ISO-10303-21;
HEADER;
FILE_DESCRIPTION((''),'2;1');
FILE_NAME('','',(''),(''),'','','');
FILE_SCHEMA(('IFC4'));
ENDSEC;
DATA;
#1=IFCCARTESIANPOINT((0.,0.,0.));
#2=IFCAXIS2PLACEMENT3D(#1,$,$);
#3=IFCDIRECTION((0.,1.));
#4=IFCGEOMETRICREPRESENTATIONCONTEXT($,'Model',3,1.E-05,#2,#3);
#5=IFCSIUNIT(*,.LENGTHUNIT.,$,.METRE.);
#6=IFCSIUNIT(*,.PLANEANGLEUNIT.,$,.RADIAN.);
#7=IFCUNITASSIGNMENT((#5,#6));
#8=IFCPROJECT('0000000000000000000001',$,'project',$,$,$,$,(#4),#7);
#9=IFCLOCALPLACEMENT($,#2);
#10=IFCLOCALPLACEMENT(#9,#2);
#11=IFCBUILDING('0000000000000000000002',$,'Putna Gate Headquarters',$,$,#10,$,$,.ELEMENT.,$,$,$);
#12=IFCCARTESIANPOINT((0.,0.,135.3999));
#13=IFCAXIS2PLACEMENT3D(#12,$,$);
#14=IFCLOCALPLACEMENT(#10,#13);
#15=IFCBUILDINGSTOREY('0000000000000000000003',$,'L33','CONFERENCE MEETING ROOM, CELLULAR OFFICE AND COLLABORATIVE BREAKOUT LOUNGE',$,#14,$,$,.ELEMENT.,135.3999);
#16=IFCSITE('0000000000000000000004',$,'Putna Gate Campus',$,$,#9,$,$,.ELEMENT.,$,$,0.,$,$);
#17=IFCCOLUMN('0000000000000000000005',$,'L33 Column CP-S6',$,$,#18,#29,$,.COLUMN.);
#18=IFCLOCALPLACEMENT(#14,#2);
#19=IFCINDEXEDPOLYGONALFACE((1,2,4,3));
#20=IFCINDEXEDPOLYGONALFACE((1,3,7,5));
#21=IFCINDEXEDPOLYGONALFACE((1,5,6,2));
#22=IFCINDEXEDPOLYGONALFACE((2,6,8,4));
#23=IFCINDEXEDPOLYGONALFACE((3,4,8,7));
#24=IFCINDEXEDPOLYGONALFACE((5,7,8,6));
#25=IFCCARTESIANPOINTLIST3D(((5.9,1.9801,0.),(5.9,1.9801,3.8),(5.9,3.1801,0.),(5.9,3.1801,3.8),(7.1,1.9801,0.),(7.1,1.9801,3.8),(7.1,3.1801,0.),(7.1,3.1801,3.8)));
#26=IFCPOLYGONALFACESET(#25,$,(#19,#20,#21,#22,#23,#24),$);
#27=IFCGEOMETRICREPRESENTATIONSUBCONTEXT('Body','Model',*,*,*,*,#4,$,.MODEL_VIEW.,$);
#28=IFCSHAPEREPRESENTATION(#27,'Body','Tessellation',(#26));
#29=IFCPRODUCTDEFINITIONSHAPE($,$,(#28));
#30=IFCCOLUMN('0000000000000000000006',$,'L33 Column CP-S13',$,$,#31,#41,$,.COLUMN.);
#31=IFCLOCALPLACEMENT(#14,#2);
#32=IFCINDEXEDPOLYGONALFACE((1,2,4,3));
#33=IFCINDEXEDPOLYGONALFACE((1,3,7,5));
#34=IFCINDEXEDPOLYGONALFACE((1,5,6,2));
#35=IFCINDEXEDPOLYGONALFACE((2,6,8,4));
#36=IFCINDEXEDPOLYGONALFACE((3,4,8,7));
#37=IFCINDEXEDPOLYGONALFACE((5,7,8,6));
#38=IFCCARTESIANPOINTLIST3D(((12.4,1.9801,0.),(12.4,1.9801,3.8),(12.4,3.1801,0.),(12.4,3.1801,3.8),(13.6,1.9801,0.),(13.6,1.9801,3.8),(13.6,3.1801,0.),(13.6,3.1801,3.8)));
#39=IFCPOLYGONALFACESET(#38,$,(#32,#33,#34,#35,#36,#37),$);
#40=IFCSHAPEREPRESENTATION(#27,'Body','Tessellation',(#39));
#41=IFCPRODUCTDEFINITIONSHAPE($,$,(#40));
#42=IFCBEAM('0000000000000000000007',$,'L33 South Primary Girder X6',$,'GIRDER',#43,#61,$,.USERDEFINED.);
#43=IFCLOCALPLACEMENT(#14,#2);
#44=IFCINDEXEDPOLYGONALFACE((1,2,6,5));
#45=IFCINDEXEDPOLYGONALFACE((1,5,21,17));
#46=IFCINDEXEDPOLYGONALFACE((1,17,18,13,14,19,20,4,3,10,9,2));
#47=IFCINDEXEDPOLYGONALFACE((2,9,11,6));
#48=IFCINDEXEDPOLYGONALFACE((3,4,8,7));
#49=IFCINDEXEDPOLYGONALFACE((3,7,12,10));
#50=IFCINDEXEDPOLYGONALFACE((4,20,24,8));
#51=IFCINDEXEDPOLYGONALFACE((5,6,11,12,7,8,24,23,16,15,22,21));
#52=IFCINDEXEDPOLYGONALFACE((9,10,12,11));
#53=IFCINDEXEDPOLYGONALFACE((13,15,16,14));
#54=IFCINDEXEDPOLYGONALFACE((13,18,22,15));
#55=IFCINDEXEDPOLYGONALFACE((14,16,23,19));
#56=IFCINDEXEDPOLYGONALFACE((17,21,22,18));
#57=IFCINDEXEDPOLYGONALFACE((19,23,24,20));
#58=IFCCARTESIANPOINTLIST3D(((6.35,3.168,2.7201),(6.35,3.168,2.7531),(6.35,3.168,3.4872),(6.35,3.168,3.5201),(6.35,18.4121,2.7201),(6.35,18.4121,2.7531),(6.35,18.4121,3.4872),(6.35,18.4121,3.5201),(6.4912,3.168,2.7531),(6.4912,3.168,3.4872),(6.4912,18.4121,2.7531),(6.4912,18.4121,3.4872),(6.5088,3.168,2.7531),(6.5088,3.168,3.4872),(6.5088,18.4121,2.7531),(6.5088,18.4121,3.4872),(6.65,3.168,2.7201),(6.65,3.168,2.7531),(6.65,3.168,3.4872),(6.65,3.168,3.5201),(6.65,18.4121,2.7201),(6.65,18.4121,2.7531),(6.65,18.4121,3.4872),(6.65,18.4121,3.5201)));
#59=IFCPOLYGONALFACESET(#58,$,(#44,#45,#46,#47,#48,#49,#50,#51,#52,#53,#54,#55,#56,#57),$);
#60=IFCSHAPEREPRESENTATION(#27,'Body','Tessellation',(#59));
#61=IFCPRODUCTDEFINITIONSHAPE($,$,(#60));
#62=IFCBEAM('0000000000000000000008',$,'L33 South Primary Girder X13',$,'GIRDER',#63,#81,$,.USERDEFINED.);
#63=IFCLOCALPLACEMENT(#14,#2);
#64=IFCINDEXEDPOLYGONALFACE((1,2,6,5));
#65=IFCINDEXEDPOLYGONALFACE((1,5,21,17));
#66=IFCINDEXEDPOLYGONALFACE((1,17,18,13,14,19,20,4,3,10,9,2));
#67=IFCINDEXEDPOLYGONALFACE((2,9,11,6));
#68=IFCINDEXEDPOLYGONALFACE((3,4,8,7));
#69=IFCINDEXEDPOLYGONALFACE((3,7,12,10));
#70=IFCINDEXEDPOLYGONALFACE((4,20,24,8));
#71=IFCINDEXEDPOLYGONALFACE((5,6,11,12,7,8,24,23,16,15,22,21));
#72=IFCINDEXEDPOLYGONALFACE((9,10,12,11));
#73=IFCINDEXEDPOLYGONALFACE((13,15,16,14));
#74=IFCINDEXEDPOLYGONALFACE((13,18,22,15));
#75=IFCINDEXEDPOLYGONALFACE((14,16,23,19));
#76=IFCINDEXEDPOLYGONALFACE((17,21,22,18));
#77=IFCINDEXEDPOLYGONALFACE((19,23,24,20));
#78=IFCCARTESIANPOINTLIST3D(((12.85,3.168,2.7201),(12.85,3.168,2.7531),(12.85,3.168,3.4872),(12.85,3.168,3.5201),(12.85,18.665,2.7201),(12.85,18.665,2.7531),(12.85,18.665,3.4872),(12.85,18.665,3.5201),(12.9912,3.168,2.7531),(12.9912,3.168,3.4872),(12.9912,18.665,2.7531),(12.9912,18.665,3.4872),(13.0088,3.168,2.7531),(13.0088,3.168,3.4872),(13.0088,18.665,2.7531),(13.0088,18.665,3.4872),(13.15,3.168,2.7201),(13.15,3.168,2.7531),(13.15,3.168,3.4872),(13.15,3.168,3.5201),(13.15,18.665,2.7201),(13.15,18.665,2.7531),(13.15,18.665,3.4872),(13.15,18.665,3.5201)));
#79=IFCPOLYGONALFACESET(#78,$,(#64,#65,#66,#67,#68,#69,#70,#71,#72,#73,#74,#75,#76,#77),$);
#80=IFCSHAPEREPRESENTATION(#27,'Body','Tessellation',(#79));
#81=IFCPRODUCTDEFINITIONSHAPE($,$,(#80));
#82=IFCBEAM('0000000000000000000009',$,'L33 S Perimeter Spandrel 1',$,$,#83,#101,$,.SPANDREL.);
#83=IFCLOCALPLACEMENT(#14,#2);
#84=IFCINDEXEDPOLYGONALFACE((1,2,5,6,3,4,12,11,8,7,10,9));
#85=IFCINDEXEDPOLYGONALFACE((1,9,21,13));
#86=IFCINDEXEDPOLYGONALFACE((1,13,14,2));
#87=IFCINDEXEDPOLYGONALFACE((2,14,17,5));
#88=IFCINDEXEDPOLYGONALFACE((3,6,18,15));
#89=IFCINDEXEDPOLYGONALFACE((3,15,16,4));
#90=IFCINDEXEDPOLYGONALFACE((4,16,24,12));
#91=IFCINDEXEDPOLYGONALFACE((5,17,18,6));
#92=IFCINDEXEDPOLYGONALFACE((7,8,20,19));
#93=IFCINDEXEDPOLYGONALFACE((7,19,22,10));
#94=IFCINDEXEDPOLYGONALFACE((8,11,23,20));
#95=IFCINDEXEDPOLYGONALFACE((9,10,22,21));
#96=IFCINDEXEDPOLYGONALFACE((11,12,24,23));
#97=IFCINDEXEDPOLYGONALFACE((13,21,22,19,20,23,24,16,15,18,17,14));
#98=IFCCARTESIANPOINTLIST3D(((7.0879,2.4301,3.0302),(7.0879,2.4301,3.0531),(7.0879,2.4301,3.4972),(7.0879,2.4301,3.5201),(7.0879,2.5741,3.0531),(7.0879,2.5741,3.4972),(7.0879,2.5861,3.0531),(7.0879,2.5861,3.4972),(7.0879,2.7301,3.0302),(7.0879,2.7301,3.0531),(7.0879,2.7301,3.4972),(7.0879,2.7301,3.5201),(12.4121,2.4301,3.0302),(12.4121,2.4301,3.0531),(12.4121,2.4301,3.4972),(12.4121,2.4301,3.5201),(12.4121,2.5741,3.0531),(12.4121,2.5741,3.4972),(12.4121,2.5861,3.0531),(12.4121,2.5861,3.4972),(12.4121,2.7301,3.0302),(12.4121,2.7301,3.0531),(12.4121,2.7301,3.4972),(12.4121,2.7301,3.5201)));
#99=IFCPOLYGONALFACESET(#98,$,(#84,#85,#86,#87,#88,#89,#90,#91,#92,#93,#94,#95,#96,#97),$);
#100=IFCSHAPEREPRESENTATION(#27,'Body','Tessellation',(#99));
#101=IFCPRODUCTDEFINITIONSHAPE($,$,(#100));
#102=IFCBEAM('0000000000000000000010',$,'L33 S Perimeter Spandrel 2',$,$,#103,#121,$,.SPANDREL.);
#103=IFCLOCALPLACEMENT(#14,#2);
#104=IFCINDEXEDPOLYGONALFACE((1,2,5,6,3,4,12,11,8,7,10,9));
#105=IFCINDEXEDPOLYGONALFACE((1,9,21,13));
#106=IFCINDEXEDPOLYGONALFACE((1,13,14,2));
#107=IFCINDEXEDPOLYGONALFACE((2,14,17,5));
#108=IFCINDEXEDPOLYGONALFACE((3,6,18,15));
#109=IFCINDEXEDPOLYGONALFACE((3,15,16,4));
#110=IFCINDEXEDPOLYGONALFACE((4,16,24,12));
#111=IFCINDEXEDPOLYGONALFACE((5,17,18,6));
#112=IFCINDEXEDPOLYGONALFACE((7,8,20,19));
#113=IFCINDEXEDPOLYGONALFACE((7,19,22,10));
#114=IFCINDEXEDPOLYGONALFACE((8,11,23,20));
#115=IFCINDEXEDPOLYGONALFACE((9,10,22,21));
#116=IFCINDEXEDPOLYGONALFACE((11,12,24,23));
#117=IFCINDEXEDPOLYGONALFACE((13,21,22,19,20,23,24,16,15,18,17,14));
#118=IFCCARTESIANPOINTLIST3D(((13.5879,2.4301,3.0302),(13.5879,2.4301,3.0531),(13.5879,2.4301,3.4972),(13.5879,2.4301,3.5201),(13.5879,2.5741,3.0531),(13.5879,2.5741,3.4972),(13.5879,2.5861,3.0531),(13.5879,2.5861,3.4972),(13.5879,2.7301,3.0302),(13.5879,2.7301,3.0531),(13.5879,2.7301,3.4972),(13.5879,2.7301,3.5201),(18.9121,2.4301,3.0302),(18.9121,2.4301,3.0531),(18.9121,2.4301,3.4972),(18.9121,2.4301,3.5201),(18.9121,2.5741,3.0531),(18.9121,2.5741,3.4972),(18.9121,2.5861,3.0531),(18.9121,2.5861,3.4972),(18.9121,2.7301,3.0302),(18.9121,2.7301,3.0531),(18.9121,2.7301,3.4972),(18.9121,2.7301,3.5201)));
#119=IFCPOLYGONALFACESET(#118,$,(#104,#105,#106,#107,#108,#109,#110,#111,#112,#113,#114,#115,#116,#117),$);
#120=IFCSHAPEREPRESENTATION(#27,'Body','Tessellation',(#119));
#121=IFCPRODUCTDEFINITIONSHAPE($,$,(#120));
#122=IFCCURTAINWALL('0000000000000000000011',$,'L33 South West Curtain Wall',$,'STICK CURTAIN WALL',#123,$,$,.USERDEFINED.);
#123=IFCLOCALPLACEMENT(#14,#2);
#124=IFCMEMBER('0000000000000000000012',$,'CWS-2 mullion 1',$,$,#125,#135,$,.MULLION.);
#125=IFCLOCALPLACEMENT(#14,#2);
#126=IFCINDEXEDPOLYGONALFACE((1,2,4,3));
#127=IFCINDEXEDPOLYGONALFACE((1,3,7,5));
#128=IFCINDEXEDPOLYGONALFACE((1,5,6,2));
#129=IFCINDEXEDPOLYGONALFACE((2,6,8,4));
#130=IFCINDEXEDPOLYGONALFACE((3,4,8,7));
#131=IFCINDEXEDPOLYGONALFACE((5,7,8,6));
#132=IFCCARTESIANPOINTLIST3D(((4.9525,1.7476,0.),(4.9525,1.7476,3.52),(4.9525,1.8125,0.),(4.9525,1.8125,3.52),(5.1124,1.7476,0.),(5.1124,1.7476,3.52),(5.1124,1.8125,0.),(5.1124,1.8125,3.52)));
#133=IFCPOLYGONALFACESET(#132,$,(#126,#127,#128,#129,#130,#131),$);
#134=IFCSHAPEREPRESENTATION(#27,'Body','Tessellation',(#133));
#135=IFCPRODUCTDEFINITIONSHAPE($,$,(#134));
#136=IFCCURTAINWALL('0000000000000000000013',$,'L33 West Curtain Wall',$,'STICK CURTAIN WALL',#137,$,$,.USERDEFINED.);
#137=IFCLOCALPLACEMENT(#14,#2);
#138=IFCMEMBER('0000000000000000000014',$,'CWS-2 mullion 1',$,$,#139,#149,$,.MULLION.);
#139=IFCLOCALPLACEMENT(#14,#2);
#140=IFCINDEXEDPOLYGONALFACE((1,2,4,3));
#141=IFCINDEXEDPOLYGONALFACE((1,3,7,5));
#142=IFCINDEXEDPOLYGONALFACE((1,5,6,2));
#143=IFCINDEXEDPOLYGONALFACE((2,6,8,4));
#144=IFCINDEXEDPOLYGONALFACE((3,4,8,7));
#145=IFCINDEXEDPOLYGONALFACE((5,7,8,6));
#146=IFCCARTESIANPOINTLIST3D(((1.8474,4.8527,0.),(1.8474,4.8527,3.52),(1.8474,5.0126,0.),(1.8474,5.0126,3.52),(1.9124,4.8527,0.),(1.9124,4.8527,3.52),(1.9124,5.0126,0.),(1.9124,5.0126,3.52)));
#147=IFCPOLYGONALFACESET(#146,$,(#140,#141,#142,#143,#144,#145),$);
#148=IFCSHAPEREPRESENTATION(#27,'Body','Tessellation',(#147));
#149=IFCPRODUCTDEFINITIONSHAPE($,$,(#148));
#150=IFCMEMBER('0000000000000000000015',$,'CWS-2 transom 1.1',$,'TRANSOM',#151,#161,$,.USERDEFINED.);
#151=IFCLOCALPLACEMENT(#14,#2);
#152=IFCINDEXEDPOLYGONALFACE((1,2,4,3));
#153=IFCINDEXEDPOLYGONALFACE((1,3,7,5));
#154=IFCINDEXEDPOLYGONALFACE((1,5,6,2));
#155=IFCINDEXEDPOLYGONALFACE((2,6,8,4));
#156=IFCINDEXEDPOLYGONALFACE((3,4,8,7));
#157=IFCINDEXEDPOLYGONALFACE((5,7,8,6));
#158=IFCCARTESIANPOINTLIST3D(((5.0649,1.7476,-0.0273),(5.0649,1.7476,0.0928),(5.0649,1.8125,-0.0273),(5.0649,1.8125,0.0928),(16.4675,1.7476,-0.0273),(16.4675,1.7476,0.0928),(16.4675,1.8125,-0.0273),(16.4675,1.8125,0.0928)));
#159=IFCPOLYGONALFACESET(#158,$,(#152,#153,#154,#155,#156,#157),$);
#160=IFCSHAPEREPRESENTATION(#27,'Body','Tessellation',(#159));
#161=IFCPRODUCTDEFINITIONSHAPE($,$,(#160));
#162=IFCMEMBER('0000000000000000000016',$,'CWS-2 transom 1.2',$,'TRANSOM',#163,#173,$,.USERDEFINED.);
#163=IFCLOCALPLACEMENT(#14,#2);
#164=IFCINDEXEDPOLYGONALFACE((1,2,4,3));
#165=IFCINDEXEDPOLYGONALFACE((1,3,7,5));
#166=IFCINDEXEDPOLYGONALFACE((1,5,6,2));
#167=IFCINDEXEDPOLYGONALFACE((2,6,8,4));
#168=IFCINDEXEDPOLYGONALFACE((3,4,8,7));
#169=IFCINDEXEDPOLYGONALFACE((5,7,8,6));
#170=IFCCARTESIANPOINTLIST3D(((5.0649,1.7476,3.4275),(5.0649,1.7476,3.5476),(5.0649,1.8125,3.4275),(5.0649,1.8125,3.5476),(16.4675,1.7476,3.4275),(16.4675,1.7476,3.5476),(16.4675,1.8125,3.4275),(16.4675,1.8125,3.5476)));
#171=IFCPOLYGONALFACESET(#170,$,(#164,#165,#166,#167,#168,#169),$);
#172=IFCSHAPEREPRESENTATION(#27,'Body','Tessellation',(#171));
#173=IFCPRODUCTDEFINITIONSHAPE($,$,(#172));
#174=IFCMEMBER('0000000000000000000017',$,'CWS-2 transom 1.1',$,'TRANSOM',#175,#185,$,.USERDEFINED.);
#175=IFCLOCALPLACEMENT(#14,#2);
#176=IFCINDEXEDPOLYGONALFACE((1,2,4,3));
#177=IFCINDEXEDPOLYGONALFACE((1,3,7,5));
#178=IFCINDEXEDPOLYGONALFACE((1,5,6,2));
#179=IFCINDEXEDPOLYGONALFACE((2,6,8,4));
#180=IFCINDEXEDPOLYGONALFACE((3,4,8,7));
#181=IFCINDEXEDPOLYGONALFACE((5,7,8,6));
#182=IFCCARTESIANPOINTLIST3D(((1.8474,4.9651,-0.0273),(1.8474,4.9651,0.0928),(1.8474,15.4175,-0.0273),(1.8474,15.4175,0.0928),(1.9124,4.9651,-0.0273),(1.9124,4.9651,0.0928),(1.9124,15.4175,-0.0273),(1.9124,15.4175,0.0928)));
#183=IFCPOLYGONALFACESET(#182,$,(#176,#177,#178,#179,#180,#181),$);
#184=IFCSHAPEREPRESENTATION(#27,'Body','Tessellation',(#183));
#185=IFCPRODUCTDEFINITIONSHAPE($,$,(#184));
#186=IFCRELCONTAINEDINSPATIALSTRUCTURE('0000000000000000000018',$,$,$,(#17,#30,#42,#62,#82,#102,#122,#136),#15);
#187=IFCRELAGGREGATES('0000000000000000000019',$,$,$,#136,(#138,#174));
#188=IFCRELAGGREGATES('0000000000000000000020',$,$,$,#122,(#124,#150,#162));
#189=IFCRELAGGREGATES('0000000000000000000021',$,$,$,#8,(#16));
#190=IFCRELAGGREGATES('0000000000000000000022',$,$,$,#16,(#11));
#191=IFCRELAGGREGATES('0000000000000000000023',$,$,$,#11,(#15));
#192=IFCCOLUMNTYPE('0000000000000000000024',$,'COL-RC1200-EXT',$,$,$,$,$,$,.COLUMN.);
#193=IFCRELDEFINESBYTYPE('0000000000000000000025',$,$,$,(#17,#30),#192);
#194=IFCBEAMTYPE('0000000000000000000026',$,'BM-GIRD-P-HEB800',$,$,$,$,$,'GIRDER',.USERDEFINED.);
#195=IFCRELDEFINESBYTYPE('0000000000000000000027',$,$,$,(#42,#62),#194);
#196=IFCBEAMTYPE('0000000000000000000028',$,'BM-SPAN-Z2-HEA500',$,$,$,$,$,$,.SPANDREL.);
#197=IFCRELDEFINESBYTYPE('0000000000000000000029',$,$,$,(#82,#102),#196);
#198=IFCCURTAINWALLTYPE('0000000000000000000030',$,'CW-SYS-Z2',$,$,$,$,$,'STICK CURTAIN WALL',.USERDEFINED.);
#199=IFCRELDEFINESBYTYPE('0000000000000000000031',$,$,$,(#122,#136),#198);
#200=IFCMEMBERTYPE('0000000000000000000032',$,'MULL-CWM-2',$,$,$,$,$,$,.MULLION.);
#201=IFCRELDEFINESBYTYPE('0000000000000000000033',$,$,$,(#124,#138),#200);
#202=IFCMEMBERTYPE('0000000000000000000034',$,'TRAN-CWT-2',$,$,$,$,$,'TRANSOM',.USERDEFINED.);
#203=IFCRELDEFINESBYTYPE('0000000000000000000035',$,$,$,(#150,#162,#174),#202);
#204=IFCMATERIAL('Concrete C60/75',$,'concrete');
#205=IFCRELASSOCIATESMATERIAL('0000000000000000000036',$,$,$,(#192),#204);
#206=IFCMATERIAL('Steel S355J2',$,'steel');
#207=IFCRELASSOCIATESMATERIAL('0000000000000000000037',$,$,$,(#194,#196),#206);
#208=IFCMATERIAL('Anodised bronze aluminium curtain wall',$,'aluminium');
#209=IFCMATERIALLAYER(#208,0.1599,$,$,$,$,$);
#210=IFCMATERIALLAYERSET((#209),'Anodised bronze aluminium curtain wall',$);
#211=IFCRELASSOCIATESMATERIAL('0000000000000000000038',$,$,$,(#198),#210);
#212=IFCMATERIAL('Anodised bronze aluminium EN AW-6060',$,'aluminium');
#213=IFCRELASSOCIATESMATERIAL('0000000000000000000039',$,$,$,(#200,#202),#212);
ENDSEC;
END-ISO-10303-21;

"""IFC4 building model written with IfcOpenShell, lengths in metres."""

from ifc_helpers import new_model, si_unit, direction, frame, origin, origin_2d, place, context, subcontext, project, spatial, rectangle, i_section, extrude, material, layer, layer_set, material_profile, profile_set, type_object, element, aggregate, save


model = new_model("IFC4")

# Units and contexts
model_context = context("Model", 3, precision=1e-05, world=origin(), true_north=direction((0.0, 1.0)))
body_context = subcontext(model_context, "Body", "Model", "MODEL_VIEW")
ifc_project = project(units=[si_unit("LENGTHUNIT", "METRE"), si_unit("PLANEANGLEUNIT", "RADIAN")], contexts=[model_context])

# Site, building, storey
site_placement = place(None, origin())
site = spatial("IfcSite", under=ifc_project, at=site_placement, Name="Putna Gate Campus", CompositionType="ELEMENT", RefElevation=0.0)
building_placement = place(site_placement, origin())
building = spatial("IfcBuilding", under=site, at=building_placement, Name="Putna Gate Headquarters", CompositionType="ELEMENT")
storey_placement = place(building_placement, frame((0.0, 0.0, 135.3999)))
storey = spatial("IfcBuildingStorey", under=building, at=storey_placement, Name="L33", Description="CONFERENCE MEETING ROOM, CELLULAR OFFICE AND COLLABORATIVE BREAKOUT LOUNGE", CompositionType="ELEMENT", Elevation=135.3999)

# Columns
ifc_material_1 = material(Name="Concrete C60/75", Category="concrete")
ifc_material_profile_1 = material_profile(ifc_material_1, rectangle(XDim=1.2, YDim=1.2, at=origin_2d()), Name="Concrete C60/75")
ifc_profile_set_1 = profile_set([ifc_material_profile_1], Name="Concrete C60/75")
column_type = type_object("IfcColumnType", Name="COL-RC1200-EXT", PredefinedType="COLUMN", material=ifc_profile_set_1)
for number, where, z_axis, x_axis, name in (
    (1, (6.5, 2.5801, 0.0), (0.0, 0.0, 1.0), (1.0, 0.0, 0.0), "L33 Column CP-S6"),
    (2, (13.0, 2.5801, 0.0), (0.0, 0.0, 1.0), (1.0, 0.0, 0.0), "L33 Column CP-S13"),
):
    element("IfcColumn", number, at=place(storey_placement, frame(where, z_axis=z_axis, x_axis=x_axis)), inside=storey, type_object=column_type, Name=name, PredefinedType="COLUMN", context=body_context, shape_type="SweptSolid", body=[
        extrude(rectangle(XDim=1.2, YDim=1.2, at=origin_2d()), origin(), (0.0, 0.0, 1.0), 3.8),
    ])

# Beams
ifc_material_2 = material(Name="Steel S355J2", Category="steel")
ifc_material_profile_2 = material_profile(ifc_material_2, i_section(OverallWidth=0.3, OverallDepth=0.8, WebThickness=0.0176, FlangeThickness=0.033, at=origin_2d()), Name="Steel S355J2")
ifc_profile_set_2 = profile_set([ifc_material_profile_2], Name="Steel S355J2")
beam_type_1 = type_object("IfcBeamType", Name="BM-GIRD-P-HEB800", ElementType="GIRDER", PredefinedType="USERDEFINED", material=ifc_profile_set_2)
beam_1_placement = place(storey_placement, frame((6.5, 3.168, 3.1201), z_axis=(0.0, 1.0, 0.0), x_axis=(-1.0, 0.0, 0.0)))
element("IfcBeam", 3, at=beam_1_placement, inside=storey, type_object=beam_type_1, Name="L33 South Primary Girder X6", ObjectType="GIRDER", PredefinedType="USERDEFINED", context=body_context, shape_type="SweptSolid", body=[
    extrude(i_section(OverallWidth=0.3, OverallDepth=0.8, WebThickness=0.0176, FlangeThickness=0.033, at=origin_2d()), origin(), (0.0, 0.0, 1.0), 15.2441),
])
beam_2_placement = place(storey_placement, frame((13.0, 3.168, 3.1201), z_axis=(0.0, 1.0, 0.0), x_axis=(-1.0, 0.0, 0.0)))
element("IfcBeam", 4, at=beam_2_placement, inside=storey, type_object=beam_type_1, Name="L33 South Primary Girder X13", ObjectType="GIRDER", PredefinedType="USERDEFINED", context=body_context, shape_type="SweptSolid", body=[
    extrude(i_section(OverallWidth=0.3, OverallDepth=0.8, WebThickness=0.0176, FlangeThickness=0.033, at=origin_2d()), origin(), (0.0, 0.0, 1.0), 15.4971),
])
ifc_material_profile_3 = material_profile(ifc_material_2, i_section(OverallWidth=0.3, OverallDepth=0.49, WebThickness=0.012, FlangeThickness=0.0229, at=origin_2d()), Name="Steel S355J2")
ifc_profile_set_3 = profile_set([ifc_material_profile_3], Name="Steel S355J2")
beam_type_2 = type_object("IfcBeamType", Name="BM-SPAN-Z2-HEA500", PredefinedType="SPANDREL", material=ifc_profile_set_3)
for number, where, z_axis, x_axis, name in (
    (5, (7.0879, 2.5801, 3.2751), (1.0, 0.0, 0.0), (0.0, 1.0, 0.0), "L33 S Perimeter Spandrel 1"),
    (6, (13.5879, 2.5801, 3.2751), (1.0, 0.0, 0.0), (0.0, 1.0, 0.0), "L33 S Perimeter Spandrel 2"),
):
    element("IfcBeam", number, at=place(storey_placement, frame(where, z_axis=z_axis, x_axis=x_axis)), inside=storey, type_object=beam_type_2, Name=name, PredefinedType="SPANDREL", context=body_context, shape_type="SweptSolid", body=[
        extrude(i_section(OverallWidth=0.3, OverallDepth=0.49, WebThickness=0.012, FlangeThickness=0.0229, at=origin_2d()), origin(), (0.0, 0.0, 1.0), 5.3242),
    ])

# Curtain walls, members
ifc_material_3 = material(Name="Anodised bronze aluminium curtain wall", Category="aluminium")
ifc_layer_1 = layer(ifc_material_3, 0.1599)
ifc_layer_set_1 = layer_set([ifc_layer_1], Name="Anodised bronze aluminium curtain wall")
curtain_wall_type = type_object("IfcCurtainWallType", Name="CW-SYS-Z2", ElementType="STICK CURTAIN WALL", PredefinedType="USERDEFINED", material=ifc_layer_set_1)
curtain_wall_1_placement = place(storey_placement, origin())
curtain_wall_1 = element("IfcCurtainWall", 7, at=curtain_wall_1_placement, inside=storey, type_object=curtain_wall_type, Name="L33 South West Curtain Wall", ObjectType="STICK CURTAIN WALL", PredefinedType="USERDEFINED")
ifc_material_4 = material(Name="Anodised bronze aluminium EN AW-6060", Category="aluminium")
ifc_material_profile_4 = material_profile(ifc_material_4, rectangle(XDim=0.0649, YDim=0.1599, at=origin_2d()), Name="Anodised bronze aluminium EN AW-6060")
ifc_profile_set_4 = profile_set([ifc_material_profile_4], Name="Anodised bronze aluminium EN AW-6060")
member_type_1 = type_object("IfcMemberType", Name="MULL-CWM-2", PredefinedType="MULLION", material=ifc_profile_set_4)
member_1_placement = place(storey_placement, frame((5.0325, 1.78, 0.0), z_axis=(0.0, 0.0, 1.0), x_axis=(0.0, 1.0, 0.0)))
member_1 = element("IfcMember", 8, at=member_1_placement, type_object=member_type_1, Name="CWS-2 mullion 1", PredefinedType="MULLION", context=body_context, shape_type="SweptSolid", body=[
    extrude(rectangle(XDim=0.0649, YDim=0.1599, at=origin_2d()), origin(), (0.0, 0.0, 1.0), 3.52),
])
curtain_wall_2_placement = place(storey_placement, origin())
curtain_wall_2 = element("IfcCurtainWall", 9, at=curtain_wall_2_placement, inside=storey, type_object=curtain_wall_type, Name="L33 West Curtain Wall", ObjectType="STICK CURTAIN WALL", PredefinedType="USERDEFINED")
member_2_placement = place(storey_placement, frame((1.8799, 4.9326, 0.0), z_axis=(0.0, 0.0, 1.0), x_axis=(-1.0, 0.0, 0.0)))
member_2 = element("IfcMember", 10, at=member_2_placement, type_object=member_type_1, Name="CWS-2 mullion 1", PredefinedType="MULLION", context=body_context, shape_type="SweptSolid", body=[
    extrude(rectangle(XDim=0.0649, YDim=0.1599, at=origin_2d()), origin(), (0.0, 0.0, 1.0), 3.52),
])

# Members
ifc_material_profile_5 = material_profile(ifc_material_4, rectangle(XDim=0.0649, YDim=0.1201, at=origin_2d()), Name="Anodised bronze aluminium EN AW-6060")
ifc_profile_set_5 = profile_set([ifc_material_profile_5], Name="Anodised bronze aluminium EN AW-6060")
member_type_2 = type_object("IfcMemberType", Name="TRAN-CWT-2", ElementType="TRANSOM", PredefinedType="USERDEFINED", material=ifc_profile_set_5)
member_3_placement = place(storey_placement, frame((5.0649, 1.78, 0.0327), z_axis=(1.0, 0.0, 0.0), x_axis=(0.0, 1.0, 0.0)))
member_3 = element("IfcMember", 11, at=member_3_placement, type_object=member_type_2, Name="CWS-2 transom 1.1", ObjectType="TRANSOM", PredefinedType="USERDEFINED", context=body_context, shape_type="SweptSolid", body=[
    extrude(rectangle(XDim=0.0649, YDim=0.1201, at=origin_2d()), origin(), (0.0, 0.0, 1.0), 11.4026),
])
member_4_placement = place(storey_placement, frame((5.0649, 1.78, 3.4875), z_axis=(1.0, 0.0, 0.0), x_axis=(0.0, 1.0, 0.0)))
member_4 = element("IfcMember", 12, at=member_4_placement, type_object=member_type_2, Name="CWS-2 transom 1.2", ObjectType="TRANSOM", PredefinedType="USERDEFINED", context=body_context, shape_type="SweptSolid", body=[
    extrude(rectangle(XDim=0.0649, YDim=0.1201, at=origin_2d()), origin(), (0.0, 0.0, 1.0), 11.4026),
])
member_5_placement = place(storey_placement, frame((1.8799, 4.9651, 0.0327), z_axis=(0.0, 1.0, 0.0), x_axis=(-1.0, 0.0, 0.0)))
member_5 = element("IfcMember", 13, at=member_5_placement, type_object=member_type_2, Name="CWS-2 transom 1.1", ObjectType="TRANSOM", PredefinedType="USERDEFINED", context=body_context, shape_type="SweptSolid", body=[
    extrude(rectangle(XDim=0.0649, YDim=0.1201, at=origin_2d()), origin(), (0.0, 0.0, 1.0), 10.4524),
])
aggregate(curtain_wall_2, [member_2, member_5])

aggregate(curtain_wall_1, [member_1, member_3, member_4])

save(model, "model.ifc")
